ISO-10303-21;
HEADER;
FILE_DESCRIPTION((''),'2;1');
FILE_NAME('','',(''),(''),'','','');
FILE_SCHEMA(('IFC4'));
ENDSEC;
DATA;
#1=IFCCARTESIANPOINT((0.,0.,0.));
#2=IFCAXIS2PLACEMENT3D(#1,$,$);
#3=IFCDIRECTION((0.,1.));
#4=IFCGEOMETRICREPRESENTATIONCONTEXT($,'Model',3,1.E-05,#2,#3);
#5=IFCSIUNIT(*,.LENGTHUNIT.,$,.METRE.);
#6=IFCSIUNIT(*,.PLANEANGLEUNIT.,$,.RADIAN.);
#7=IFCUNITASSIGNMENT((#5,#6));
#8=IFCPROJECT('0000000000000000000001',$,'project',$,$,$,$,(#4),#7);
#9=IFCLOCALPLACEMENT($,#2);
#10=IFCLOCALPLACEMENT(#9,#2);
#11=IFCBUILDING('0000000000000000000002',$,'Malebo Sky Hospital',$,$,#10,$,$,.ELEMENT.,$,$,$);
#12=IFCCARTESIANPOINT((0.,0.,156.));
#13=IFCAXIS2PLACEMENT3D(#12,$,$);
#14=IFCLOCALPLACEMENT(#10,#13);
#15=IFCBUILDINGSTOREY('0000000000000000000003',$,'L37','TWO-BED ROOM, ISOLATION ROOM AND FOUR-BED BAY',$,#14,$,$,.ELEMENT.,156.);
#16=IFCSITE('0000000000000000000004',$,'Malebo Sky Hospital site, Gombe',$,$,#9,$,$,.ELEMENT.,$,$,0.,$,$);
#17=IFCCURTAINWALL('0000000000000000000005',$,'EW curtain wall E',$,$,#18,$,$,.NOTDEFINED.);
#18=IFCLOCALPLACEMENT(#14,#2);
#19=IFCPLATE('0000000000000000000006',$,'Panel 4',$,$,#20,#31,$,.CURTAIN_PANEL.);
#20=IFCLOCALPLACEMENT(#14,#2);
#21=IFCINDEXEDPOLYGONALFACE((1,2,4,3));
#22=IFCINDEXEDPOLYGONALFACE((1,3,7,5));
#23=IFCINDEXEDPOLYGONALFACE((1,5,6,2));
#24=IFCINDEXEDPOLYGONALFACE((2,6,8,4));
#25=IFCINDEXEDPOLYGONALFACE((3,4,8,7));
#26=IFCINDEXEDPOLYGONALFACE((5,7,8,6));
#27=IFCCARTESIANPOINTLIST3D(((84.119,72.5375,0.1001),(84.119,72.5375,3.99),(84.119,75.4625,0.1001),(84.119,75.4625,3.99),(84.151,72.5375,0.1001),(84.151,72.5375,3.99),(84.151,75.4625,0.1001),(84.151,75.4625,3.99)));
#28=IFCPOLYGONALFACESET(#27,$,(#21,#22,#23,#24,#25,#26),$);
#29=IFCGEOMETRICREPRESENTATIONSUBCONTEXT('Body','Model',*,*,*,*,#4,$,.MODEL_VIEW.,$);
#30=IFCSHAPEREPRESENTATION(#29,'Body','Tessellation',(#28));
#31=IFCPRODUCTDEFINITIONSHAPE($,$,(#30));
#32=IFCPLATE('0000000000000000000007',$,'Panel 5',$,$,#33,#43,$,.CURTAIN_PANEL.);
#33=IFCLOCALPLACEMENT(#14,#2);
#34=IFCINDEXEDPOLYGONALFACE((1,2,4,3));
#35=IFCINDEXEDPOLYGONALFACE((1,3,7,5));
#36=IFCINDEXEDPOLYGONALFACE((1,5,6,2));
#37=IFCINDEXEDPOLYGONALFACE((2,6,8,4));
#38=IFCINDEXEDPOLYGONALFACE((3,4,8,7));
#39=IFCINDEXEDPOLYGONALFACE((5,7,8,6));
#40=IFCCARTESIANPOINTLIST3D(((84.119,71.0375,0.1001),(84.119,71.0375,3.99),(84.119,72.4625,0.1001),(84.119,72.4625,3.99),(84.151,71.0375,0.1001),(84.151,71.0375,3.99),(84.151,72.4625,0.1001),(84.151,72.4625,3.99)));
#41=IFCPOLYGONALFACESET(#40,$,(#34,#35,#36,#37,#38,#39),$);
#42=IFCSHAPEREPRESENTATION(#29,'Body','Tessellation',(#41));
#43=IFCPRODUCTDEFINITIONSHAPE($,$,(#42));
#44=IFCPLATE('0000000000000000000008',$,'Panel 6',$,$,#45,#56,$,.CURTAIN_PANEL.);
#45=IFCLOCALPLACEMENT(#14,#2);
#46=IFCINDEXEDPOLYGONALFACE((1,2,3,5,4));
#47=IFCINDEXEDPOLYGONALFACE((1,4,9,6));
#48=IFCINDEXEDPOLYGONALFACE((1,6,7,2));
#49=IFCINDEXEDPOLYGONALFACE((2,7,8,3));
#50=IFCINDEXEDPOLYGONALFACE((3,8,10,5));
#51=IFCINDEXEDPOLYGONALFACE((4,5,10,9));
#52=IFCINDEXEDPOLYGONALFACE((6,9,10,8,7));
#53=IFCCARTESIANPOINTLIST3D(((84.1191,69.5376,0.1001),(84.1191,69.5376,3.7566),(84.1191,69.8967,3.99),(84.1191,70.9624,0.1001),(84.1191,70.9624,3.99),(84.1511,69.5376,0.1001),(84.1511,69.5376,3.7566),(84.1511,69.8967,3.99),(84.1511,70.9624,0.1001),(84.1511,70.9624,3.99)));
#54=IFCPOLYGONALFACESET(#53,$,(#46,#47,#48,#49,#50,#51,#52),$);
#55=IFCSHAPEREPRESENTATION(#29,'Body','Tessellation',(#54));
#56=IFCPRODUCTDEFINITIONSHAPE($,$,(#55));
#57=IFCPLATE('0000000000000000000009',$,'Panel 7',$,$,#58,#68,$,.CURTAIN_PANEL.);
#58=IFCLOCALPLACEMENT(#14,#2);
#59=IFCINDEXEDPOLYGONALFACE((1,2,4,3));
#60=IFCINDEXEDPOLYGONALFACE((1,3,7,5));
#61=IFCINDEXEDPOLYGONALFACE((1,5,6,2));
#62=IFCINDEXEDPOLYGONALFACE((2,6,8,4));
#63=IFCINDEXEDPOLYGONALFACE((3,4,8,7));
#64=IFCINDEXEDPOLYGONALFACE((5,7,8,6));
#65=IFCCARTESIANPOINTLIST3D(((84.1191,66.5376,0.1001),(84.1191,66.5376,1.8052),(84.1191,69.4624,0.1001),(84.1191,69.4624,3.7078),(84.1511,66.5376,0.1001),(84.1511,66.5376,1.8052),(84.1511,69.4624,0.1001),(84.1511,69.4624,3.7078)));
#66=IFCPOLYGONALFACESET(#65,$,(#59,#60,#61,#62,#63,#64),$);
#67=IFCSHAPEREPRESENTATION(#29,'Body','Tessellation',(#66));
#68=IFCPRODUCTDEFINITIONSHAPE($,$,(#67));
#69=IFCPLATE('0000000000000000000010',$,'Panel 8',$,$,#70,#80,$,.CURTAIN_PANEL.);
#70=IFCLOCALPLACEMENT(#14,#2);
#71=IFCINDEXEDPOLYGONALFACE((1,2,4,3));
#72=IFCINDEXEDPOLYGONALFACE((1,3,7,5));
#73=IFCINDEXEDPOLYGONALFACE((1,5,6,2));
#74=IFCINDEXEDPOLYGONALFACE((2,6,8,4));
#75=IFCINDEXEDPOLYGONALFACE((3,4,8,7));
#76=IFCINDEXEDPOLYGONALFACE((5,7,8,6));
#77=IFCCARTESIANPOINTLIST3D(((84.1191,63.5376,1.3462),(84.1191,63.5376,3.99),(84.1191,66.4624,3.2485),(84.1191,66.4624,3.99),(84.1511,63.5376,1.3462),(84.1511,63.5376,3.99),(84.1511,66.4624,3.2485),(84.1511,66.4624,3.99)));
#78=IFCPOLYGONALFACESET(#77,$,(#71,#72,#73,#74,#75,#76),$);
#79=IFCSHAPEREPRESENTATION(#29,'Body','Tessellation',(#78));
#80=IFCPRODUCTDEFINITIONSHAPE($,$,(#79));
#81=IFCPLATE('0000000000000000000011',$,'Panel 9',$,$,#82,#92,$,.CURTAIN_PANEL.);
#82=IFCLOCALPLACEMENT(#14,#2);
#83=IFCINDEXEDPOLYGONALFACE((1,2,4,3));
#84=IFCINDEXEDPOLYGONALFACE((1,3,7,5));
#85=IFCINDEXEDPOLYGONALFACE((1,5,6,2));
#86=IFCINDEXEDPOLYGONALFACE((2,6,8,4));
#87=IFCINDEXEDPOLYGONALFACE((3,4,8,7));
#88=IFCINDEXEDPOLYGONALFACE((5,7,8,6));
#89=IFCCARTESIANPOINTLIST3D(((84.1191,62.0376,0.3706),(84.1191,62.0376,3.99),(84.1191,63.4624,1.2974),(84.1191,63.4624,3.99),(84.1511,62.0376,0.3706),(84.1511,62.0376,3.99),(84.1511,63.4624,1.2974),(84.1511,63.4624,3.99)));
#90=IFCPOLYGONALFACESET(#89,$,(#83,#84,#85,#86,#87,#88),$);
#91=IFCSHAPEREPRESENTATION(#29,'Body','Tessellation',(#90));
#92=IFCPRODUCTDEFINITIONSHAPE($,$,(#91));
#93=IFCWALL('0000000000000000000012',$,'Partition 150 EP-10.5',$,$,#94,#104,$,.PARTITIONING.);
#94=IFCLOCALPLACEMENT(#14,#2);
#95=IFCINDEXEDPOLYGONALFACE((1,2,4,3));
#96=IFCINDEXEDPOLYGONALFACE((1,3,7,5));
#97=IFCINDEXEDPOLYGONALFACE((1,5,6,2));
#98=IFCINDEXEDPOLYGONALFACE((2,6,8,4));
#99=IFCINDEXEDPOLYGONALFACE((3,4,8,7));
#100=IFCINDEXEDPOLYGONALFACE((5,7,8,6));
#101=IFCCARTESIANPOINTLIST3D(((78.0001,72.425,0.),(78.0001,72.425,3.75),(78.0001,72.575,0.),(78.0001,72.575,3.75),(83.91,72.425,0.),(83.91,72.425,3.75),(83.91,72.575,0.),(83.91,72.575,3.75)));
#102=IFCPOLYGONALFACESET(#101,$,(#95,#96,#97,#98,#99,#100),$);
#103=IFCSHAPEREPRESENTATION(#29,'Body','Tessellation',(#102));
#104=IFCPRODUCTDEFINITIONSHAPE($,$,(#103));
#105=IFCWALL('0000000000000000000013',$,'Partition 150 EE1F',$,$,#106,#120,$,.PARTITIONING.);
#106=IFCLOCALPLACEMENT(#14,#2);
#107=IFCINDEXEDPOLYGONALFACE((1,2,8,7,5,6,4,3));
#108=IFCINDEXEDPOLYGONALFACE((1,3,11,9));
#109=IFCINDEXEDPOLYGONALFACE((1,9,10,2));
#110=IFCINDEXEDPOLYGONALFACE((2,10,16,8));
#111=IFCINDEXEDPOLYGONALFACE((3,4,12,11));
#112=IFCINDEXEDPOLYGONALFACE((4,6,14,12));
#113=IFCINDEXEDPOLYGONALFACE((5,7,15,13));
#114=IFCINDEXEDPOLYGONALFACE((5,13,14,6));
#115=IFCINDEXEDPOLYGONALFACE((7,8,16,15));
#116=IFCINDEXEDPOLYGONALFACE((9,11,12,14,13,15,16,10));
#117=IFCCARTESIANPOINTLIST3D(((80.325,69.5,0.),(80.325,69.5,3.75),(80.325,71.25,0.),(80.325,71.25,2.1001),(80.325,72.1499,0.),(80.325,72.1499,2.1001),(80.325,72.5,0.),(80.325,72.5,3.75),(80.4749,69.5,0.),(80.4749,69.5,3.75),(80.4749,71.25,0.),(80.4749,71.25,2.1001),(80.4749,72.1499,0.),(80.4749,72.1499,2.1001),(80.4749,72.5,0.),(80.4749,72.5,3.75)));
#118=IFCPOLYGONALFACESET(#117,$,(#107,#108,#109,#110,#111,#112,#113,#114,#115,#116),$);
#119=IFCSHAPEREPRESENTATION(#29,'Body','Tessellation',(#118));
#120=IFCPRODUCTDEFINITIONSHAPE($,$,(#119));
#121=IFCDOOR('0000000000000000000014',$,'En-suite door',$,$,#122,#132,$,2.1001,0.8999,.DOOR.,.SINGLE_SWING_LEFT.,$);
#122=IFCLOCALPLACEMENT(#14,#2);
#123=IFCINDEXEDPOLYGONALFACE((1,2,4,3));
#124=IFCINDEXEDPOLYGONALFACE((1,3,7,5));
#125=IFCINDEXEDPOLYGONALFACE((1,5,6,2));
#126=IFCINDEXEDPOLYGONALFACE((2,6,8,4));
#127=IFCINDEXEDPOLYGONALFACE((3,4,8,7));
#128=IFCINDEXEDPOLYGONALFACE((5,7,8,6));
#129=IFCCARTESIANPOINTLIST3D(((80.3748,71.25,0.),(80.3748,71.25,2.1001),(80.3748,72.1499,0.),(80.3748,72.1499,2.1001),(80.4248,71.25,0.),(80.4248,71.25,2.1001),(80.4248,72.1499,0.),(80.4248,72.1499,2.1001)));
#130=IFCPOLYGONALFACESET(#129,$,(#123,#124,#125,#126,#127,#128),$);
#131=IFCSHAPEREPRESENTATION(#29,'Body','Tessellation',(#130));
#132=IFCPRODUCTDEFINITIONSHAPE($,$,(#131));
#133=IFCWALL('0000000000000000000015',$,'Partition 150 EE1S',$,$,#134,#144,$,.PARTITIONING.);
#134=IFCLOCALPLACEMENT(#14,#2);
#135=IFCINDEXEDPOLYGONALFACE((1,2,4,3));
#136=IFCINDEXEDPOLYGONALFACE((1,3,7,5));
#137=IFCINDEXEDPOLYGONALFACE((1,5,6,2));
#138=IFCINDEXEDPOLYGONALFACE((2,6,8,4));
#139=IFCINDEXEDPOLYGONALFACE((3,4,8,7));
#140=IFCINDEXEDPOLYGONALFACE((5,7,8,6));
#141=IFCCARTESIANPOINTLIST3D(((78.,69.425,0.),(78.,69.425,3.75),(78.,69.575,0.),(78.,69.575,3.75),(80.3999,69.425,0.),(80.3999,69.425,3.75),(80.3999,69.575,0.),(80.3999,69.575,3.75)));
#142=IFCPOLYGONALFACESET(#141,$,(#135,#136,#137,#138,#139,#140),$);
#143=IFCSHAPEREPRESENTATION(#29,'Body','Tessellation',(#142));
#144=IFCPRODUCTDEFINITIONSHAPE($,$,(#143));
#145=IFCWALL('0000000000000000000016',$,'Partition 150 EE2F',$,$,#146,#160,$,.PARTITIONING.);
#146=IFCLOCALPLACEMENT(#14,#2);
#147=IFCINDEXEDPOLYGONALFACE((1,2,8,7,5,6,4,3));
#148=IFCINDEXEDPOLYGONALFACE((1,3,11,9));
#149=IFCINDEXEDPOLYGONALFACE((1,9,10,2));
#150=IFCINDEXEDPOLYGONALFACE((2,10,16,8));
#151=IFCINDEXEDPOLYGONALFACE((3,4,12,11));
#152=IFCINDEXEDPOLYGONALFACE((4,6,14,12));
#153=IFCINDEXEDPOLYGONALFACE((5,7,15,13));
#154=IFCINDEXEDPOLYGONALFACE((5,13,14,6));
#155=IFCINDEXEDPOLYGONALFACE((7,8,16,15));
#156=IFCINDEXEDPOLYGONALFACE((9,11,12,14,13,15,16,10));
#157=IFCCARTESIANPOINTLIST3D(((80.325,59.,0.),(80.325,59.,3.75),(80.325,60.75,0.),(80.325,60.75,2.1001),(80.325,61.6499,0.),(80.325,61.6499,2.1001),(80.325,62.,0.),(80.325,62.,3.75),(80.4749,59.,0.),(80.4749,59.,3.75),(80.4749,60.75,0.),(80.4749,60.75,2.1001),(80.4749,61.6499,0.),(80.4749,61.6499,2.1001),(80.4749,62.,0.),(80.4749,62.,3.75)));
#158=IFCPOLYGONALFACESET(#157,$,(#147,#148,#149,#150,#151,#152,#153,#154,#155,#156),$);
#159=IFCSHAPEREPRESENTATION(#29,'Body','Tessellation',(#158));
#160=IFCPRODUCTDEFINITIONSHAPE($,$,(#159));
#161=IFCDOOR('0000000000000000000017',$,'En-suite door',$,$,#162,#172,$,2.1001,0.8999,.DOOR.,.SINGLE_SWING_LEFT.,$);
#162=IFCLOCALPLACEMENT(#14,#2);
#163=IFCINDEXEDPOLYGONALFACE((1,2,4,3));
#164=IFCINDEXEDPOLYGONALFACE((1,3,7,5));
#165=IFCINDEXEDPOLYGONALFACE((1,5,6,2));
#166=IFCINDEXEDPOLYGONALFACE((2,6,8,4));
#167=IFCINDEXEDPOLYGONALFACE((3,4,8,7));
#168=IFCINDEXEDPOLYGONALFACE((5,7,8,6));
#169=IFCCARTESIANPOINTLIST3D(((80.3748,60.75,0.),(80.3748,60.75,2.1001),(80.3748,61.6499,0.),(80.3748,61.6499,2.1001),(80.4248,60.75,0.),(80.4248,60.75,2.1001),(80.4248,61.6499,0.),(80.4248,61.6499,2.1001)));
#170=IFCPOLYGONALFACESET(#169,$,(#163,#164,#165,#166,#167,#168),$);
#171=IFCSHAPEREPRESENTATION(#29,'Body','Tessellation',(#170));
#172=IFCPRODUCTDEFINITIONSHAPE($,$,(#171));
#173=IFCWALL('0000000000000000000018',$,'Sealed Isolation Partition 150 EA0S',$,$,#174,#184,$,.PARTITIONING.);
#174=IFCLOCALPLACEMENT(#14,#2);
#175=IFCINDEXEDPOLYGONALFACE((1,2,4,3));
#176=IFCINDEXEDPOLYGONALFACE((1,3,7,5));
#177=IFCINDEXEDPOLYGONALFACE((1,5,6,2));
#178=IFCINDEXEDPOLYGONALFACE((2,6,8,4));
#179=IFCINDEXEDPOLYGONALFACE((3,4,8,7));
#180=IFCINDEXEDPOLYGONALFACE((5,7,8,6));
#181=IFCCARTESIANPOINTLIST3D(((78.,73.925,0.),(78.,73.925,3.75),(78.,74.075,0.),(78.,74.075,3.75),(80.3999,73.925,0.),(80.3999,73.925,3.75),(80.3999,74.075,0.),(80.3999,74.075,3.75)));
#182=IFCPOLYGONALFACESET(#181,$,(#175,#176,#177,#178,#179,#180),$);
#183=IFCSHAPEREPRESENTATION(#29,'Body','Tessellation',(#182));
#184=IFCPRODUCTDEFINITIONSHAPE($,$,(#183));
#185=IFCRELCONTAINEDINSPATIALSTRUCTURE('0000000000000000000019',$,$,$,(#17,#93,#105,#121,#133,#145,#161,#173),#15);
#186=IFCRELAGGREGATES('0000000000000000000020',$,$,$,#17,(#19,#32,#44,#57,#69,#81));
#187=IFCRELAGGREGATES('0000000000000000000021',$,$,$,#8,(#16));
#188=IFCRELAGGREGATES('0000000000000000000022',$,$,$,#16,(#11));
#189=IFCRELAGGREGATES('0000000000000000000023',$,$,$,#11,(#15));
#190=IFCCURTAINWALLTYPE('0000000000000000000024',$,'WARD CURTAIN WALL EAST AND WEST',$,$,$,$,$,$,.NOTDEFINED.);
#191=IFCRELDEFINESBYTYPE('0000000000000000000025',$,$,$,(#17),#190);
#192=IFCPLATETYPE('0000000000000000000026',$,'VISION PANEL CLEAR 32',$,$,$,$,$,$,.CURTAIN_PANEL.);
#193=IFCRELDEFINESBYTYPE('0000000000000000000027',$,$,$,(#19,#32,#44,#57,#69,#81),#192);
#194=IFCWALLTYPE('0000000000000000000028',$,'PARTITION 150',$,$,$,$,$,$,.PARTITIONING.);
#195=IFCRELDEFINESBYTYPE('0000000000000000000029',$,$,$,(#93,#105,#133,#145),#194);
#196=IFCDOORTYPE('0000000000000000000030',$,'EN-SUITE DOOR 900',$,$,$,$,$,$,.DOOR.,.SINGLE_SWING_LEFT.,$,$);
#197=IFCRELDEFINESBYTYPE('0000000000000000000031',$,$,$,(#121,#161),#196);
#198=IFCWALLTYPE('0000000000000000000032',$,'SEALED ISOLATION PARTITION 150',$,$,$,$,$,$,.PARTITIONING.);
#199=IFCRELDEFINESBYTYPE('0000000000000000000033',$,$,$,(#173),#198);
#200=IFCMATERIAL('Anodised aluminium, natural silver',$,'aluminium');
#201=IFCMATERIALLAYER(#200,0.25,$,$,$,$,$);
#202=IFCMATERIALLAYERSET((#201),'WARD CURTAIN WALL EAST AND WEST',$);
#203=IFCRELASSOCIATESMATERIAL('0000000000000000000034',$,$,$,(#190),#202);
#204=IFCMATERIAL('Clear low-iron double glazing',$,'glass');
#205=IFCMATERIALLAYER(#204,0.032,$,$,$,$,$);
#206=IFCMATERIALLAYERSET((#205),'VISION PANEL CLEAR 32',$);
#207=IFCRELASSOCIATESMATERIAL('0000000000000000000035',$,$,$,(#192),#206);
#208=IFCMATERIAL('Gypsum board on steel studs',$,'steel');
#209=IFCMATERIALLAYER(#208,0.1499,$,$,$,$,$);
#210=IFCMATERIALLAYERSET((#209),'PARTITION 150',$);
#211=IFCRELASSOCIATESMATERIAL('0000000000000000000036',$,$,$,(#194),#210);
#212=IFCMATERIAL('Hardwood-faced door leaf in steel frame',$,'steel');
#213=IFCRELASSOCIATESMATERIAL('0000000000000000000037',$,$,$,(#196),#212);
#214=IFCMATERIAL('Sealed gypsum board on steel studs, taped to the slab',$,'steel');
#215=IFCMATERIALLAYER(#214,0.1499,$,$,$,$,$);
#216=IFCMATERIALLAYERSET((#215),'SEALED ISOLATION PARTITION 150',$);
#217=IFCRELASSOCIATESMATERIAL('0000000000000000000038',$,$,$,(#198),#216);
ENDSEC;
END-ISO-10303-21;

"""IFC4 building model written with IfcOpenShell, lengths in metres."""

from ifc_helpers import new_model, si_unit, direction, frame, frame_2d, origin, origin_2d, place, context, subcontext, project, spatial, polyline, rectangle, outline, extrude, material, layer, layer_set, type_object, element, fill, aggregate, save


model = new_model("IFC4")

# Units and contexts
model_context = context("Model", 3, precision=1e-05, world=origin(), true_north=direction((0.0, 1.0)))
body_context = subcontext(model_context, "Body", "Model", "MODEL_VIEW")
ifc_project = project(units=[si_unit("LENGTHUNIT", "METRE"), si_unit("PLANEANGLEUNIT", "RADIAN")], contexts=[model_context])

# Site, building, storey
site_placement = place(None, origin())
site = spatial("IfcSite", under=ifc_project, at=site_placement, Name="Malebo Sky Hospital site, Gombe", CompositionType="ELEMENT", RefElevation=0.0)
building_placement = place(site_placement, origin())
building = spatial("IfcBuilding", under=site, at=building_placement, Name="Malebo Sky Hospital", CompositionType="ELEMENT")
storey_placement = place(building_placement, frame((0.0, 0.0, 156.0)))
storey = spatial("IfcBuildingStorey", under=building, at=storey_placement, Name="L37", Description="TWO-BED ROOM, ISOLATION ROOM AND FOUR-BED BAY", CompositionType="ELEMENT", Elevation=156.0)

# Curtain wall
ifc_material_1 = material(Name="Anodised aluminium, natural silver", Category="aluminium")
ifc_layer_1 = layer(ifc_material_1, 0.25)
ifc_layer_set_1 = layer_set([ifc_layer_1], Name="WARD CURTAIN WALL EAST AND WEST")
curtain_wall_type = type_object("IfcCurtainWallType", Name="WARD CURTAIN WALL EAST AND WEST", PredefinedType="NOTDEFINED", material=ifc_layer_set_1)
curtain_wall_placement = place(storey_placement, origin())
curtain_wall = element("IfcCurtainWall", 1, at=curtain_wall_placement, inside=storey, type_object=curtain_wall_type, Name="EW curtain wall E", PredefinedType="NOTDEFINED")

# Plates
ifc_material_2 = material(Name="Clear low-iron double glazing", Category="glass")
ifc_layer_2 = layer(ifc_material_2, 0.032)
ifc_layer_set_2 = layer_set([ifc_layer_2], Name="VISION PANEL CLEAR 32")
plate_type = type_object("IfcPlateType", Name="VISION PANEL CLEAR 32", PredefinedType="CURTAIN_PANEL", material=ifc_layer_set_2)
plate_1_placement = place(storey_placement, frame((84.135, 74.0, 0.1001), z_axis=(0.0, 0.0, 1.0), x_axis=(0.0, -1.0, 0.0)))
plate_1 = element("IfcPlate", 2, at=plate_1_placement, type_object=plate_type, Name="Panel 4", PredefinedType="CURTAIN_PANEL", context=body_context, shape_type="SweptSolid", body=[
    extrude(rectangle(XDim=2.925, YDim=0.032, at=origin_2d()), origin(), (0.0, 0.0, 1.0), 3.8899),
])
plate_2_placement = place(storey_placement, frame((84.135, 71.75, 0.1001), z_axis=(0.0, 0.0, 1.0), x_axis=(0.0, -1.0, 0.0)))
plate_2 = element("IfcPlate", 3, at=plate_2_placement, type_object=plate_type, Name="Panel 5", PredefinedType="CURTAIN_PANEL", context=body_context, shape_type="SweptSolid", body=[
    extrude(rectangle(XDim=1.425, YDim=0.032, at=origin_2d()), origin(), (0.0, 0.0, 1.0), 3.8899),
])
plate_3_placement = place(storey_placement, frame((84.135, 70.25, 0.1001), z_axis=(0.0, 0.0, 1.0), x_axis=(0.0, -1.0, 0.0)))
plate_3 = element("IfcPlate", 4, at=plate_3_placement, type_object=plate_type, Name="Panel 6", PredefinedType="CURTAIN_PANEL", context=body_context, shape_type="SweptSolid", body=[
    extrude(outline(polyline([(-0.7124, 0.0), (0.7124, 0.0), (0.7124, 3.6565), (0.3533, 3.8899), (-0.7124, 3.8899), (-0.7124, 0.0)])), frame((0.0, 0.0161, 0.0), z_axis=(0.0, -1.0, 0.0), x_axis=(1.0, 0.0, 0.0)), (0.0, 0.0, 1.0), 0.032),
])
plate_4_placement = place(storey_placement, frame((84.135, 68.0, 0.1001), z_axis=(0.0, 0.0, 1.0), x_axis=(0.0, -1.0, 0.0)))
plate_4 = element("IfcPlate", 5, at=plate_4_placement, type_object=plate_type, Name="Panel 7", PredefinedType="CURTAIN_PANEL", context=body_context, shape_type="SweptSolid", body=[
    extrude(outline(polyline([(-1.4624, 0.0), (1.4624, 0.0), (1.4624, 1.7051), (-1.4624, 3.6077), (-1.4624, 0.0)])), frame((0.0, 0.0161, 0.0), z_axis=(0.0, -1.0, 0.0), x_axis=(1.0, 0.0, 0.0)), (0.0, 0.0, 1.0), 0.032),
])
plate_5_placement = place(storey_placement, frame((84.135, 65.0, 1.3462), z_axis=(0.0, 0.0, 1.0), x_axis=(0.0, -1.0, 0.0)))
plate_5 = element("IfcPlate", 6, at=plate_5_placement, type_object=plate_type, Name="Panel 8", PredefinedType="CURTAIN_PANEL", context=body_context, shape_type="SweptSolid", body=[
    extrude(outline(polyline([(1.4624, 0.0), (1.4624, 2.6438), (-1.4624, 2.6438), (-1.4624, 1.9023), (1.4624, 0.0)])), frame((0.0, 0.0161, 0.0), z_axis=(0.0, -1.0, 0.0), x_axis=(1.0, 0.0, 0.0)), (0.0, 0.0, 1.0), 0.032),
])
plate_6_placement = place(storey_placement, frame((84.135, 62.75, 0.3706), z_axis=(0.0, 0.0, 1.0), x_axis=(0.0, -1.0, 0.0)))
plate_6 = element("IfcPlate", 7, at=plate_6_placement, type_object=plate_type, Name="Panel 9", PredefinedType="CURTAIN_PANEL", context=body_context, shape_type="SweptSolid", body=[
    extrude(outline(polyline([(0.7124, 0.0), (0.7124, 3.6194), (-0.7124, 3.6194), (-0.7124, 0.9268), (0.7124, 0.0)])), frame((0.0, 0.0161, 0.0), z_axis=(0.0, -1.0, 0.0), x_axis=(1.0, 0.0, 0.0)), (0.0, 0.0, 1.0), 0.032),
])
aggregate(curtain_wall, [plate_1, plate_2, plate_3, plate_4, plate_5, plate_6])

# Wall
ifc_material_3 = material(Name="Gypsum board on steel studs", Category="steel")
ifc_layer_3 = layer(ifc_material_3, 0.1499)
ifc_layer_set_3 = layer_set([ifc_layer_3], Name="PARTITION 150")
wall_type_1 = type_object("IfcWallType", Name="PARTITION 150", PredefinedType="PARTITIONING", material=ifc_layer_set_3)
wall_1_placement = place(storey_placement, frame((78.0, 72.5, 0.0), z_axis=(0.0, 0.0, 1.0), x_axis=(1.0, 0.0, 0.0)))
element("IfcWall", 8, at=wall_1_placement, inside=storey, type_object=wall_type_1, Name="Partition 150 EP-10.5", PredefinedType="PARTITIONING", context=body_context, shape_type="SweptSolid", body=[
    extrude(rectangle(XDim=5.9099, YDim=0.1499, at=frame_2d((2.9551, 0.0))), origin(), (0.0, 0.0, 1.0), 3.75),
])

# Wall, opening, door
wall_2_placement = place(storey_placement, frame((80.3999, 72.5, 0.0), z_axis=(0.0, 0.0, 1.0), x_axis=(0.0, -1.0, 0.0)))
wall_2 = element("IfcWall", 9, at=wall_2_placement, inside=storey, type_object=wall_type_1, Name="Partition 150 EE1F", PredefinedType="PARTITIONING", context=body_context, shape_type="SweptSolid", body=[
    extrude(rectangle(XDim=3.0, YDim=0.1499, at=frame_2d((1.5, 0.0))), origin(), (0.0, 0.0, 1.0), 3.75),
])
opening_1_placement = place(wall_2_placement, frame((0.3501, 0.0, 0.0)))
opening_1 = element("IfcOpeningElement", 10, at=opening_1_placement, cuts=wall_2, PredefinedType="OPENING", context=body_context, shape_type="SweptSolid", body=[
    extrude(rectangle(XDim=0.8999, YDim=2.1001, at=frame_2d((0.45, 1.05))), frame((0.0, 0.085, 0.0), z_axis=(0.0, -1.0, 0.0), x_axis=(1.0, 0.0, 0.0)), (0.0, 0.0, 1.0), 0.1699),
])
ifc_material_4 = material(Name="Hardwood-faced door leaf in steel frame", Category="steel")
door_type_1 = type_object("IfcDoorType", Name="EN-SUITE DOOR 900", OperationType="SINGLE_SWING_LEFT", PredefinedType="DOOR", material=ifc_material_4)
door_1_placement = place(opening_1_placement, origin())
door_1 = element("IfcDoor", 11, at=door_1_placement, inside=storey, type_object=door_type_1, Name="En-suite door", OperationType="SINGLE_SWING_LEFT", OverallHeight=2.1001, OverallWidth=0.8999, PredefinedType="DOOR", context=body_context, shape_type="SweptSolid", body=[
    extrude(rectangle(XDim=0.8999, YDim=2.1001, at=frame_2d((0.45, 1.05))), frame((0.0, 0.0249, 0.0), z_axis=(0.0, -1.0, 0.0), x_axis=(1.0, 0.0, 0.0)), (0.0, 0.0, 1.0), 0.05),
])
fill(opening_1, door_1)

# Wall
wall_3_placement = place(storey_placement, frame((78.0, 69.5, 0.0), z_axis=(0.0, 0.0, 1.0), x_axis=(1.0, 0.0, 0.0)))
element("IfcWall", 12, at=wall_3_placement, inside=storey, type_object=wall_type_1, Name="Partition 150 EE1S", PredefinedType="PARTITIONING", context=body_context, shape_type="SweptSolid", body=[
    extrude(rectangle(XDim=2.3999, YDim=0.1499, at=frame_2d((1.2, 0.0))), origin(), (0.0, 0.0, 1.0), 3.75),
])

# Wall, opening, door
wall_4_placement = place(storey_placement, frame((80.3999, 62.0, 0.0), z_axis=(0.0, 0.0, 1.0), x_axis=(0.0, -1.0, 0.0)))
wall_4 = element("IfcWall", 13, at=wall_4_placement, inside=storey, type_object=wall_type_1, Name="Partition 150 EE2F", PredefinedType="PARTITIONING", context=body_context, shape_type="SweptSolid", body=[
    extrude(rectangle(XDim=3.0, YDim=0.1499, at=frame_2d((1.5, 0.0))), origin(), (0.0, 0.0, 1.0), 3.75),
])
opening_2_placement = place(wall_4_placement, frame((0.3501, 0.0, 0.0)))
opening_2 = element("IfcOpeningElement", 14, at=opening_2_placement, cuts=wall_4, PredefinedType="OPENING", context=body_context, shape_type="SweptSolid", body=[
    extrude(rectangle(XDim=0.8999, YDim=2.1001, at=frame_2d((0.45, 1.05))), frame((0.0, 0.085, 0.0), z_axis=(0.0, -1.0, 0.0), x_axis=(1.0, 0.0, 0.0)), (0.0, 0.0, 1.0), 0.1699),
])
door_2_placement = place(opening_2_placement, origin())
door_2 = element("IfcDoor", 15, at=door_2_placement, inside=storey, type_object=door_type_1, Name="En-suite door", OperationType="SINGLE_SWING_LEFT", OverallHeight=2.1001, OverallWidth=0.8999, PredefinedType="DOOR", context=body_context, shape_type="SweptSolid", body=[
    extrude(rectangle(XDim=0.8999, YDim=2.1001, at=frame_2d((0.45, 1.05))), frame((0.0, 0.0249, 0.0), z_axis=(0.0, -1.0, 0.0), x_axis=(1.0, 0.0, 0.0)), (0.0, 0.0, 1.0), 0.05),
])
fill(opening_2, door_2)

# Wall
ifc_material_5 = material(Name="Sealed gypsum board on steel studs, taped to the slab", Category="steel")
ifc_layer_4 = layer(ifc_material_5, 0.1499)
ifc_layer_set_4 = layer_set([ifc_layer_4], Name="SEALED ISOLATION PARTITION 150")
wall_type_2 = type_object("IfcWallType", Name="SEALED ISOLATION PARTITION 150", PredefinedType="PARTITIONING", material=ifc_layer_set_4)
wall_5_placement = place(storey_placement, frame((78.0, 74.0, 0.0), z_axis=(0.0, 0.0, 1.0), x_axis=(1.0, 0.0, 0.0)))
element("IfcWall", 16, at=wall_5_placement, inside=storey, type_object=wall_type_2, Name="Sealed Isolation Partition 150 EA0S", PredefinedType="PARTITIONING", context=body_context, shape_type="SweptSolid", body=[
    extrude(rectangle(XDim=2.3999, YDim=0.1499, at=frame_2d((1.2, 0.0))), origin(), (0.0, 0.0, 1.0), 3.75),
])

save(model, "model.ifc")
